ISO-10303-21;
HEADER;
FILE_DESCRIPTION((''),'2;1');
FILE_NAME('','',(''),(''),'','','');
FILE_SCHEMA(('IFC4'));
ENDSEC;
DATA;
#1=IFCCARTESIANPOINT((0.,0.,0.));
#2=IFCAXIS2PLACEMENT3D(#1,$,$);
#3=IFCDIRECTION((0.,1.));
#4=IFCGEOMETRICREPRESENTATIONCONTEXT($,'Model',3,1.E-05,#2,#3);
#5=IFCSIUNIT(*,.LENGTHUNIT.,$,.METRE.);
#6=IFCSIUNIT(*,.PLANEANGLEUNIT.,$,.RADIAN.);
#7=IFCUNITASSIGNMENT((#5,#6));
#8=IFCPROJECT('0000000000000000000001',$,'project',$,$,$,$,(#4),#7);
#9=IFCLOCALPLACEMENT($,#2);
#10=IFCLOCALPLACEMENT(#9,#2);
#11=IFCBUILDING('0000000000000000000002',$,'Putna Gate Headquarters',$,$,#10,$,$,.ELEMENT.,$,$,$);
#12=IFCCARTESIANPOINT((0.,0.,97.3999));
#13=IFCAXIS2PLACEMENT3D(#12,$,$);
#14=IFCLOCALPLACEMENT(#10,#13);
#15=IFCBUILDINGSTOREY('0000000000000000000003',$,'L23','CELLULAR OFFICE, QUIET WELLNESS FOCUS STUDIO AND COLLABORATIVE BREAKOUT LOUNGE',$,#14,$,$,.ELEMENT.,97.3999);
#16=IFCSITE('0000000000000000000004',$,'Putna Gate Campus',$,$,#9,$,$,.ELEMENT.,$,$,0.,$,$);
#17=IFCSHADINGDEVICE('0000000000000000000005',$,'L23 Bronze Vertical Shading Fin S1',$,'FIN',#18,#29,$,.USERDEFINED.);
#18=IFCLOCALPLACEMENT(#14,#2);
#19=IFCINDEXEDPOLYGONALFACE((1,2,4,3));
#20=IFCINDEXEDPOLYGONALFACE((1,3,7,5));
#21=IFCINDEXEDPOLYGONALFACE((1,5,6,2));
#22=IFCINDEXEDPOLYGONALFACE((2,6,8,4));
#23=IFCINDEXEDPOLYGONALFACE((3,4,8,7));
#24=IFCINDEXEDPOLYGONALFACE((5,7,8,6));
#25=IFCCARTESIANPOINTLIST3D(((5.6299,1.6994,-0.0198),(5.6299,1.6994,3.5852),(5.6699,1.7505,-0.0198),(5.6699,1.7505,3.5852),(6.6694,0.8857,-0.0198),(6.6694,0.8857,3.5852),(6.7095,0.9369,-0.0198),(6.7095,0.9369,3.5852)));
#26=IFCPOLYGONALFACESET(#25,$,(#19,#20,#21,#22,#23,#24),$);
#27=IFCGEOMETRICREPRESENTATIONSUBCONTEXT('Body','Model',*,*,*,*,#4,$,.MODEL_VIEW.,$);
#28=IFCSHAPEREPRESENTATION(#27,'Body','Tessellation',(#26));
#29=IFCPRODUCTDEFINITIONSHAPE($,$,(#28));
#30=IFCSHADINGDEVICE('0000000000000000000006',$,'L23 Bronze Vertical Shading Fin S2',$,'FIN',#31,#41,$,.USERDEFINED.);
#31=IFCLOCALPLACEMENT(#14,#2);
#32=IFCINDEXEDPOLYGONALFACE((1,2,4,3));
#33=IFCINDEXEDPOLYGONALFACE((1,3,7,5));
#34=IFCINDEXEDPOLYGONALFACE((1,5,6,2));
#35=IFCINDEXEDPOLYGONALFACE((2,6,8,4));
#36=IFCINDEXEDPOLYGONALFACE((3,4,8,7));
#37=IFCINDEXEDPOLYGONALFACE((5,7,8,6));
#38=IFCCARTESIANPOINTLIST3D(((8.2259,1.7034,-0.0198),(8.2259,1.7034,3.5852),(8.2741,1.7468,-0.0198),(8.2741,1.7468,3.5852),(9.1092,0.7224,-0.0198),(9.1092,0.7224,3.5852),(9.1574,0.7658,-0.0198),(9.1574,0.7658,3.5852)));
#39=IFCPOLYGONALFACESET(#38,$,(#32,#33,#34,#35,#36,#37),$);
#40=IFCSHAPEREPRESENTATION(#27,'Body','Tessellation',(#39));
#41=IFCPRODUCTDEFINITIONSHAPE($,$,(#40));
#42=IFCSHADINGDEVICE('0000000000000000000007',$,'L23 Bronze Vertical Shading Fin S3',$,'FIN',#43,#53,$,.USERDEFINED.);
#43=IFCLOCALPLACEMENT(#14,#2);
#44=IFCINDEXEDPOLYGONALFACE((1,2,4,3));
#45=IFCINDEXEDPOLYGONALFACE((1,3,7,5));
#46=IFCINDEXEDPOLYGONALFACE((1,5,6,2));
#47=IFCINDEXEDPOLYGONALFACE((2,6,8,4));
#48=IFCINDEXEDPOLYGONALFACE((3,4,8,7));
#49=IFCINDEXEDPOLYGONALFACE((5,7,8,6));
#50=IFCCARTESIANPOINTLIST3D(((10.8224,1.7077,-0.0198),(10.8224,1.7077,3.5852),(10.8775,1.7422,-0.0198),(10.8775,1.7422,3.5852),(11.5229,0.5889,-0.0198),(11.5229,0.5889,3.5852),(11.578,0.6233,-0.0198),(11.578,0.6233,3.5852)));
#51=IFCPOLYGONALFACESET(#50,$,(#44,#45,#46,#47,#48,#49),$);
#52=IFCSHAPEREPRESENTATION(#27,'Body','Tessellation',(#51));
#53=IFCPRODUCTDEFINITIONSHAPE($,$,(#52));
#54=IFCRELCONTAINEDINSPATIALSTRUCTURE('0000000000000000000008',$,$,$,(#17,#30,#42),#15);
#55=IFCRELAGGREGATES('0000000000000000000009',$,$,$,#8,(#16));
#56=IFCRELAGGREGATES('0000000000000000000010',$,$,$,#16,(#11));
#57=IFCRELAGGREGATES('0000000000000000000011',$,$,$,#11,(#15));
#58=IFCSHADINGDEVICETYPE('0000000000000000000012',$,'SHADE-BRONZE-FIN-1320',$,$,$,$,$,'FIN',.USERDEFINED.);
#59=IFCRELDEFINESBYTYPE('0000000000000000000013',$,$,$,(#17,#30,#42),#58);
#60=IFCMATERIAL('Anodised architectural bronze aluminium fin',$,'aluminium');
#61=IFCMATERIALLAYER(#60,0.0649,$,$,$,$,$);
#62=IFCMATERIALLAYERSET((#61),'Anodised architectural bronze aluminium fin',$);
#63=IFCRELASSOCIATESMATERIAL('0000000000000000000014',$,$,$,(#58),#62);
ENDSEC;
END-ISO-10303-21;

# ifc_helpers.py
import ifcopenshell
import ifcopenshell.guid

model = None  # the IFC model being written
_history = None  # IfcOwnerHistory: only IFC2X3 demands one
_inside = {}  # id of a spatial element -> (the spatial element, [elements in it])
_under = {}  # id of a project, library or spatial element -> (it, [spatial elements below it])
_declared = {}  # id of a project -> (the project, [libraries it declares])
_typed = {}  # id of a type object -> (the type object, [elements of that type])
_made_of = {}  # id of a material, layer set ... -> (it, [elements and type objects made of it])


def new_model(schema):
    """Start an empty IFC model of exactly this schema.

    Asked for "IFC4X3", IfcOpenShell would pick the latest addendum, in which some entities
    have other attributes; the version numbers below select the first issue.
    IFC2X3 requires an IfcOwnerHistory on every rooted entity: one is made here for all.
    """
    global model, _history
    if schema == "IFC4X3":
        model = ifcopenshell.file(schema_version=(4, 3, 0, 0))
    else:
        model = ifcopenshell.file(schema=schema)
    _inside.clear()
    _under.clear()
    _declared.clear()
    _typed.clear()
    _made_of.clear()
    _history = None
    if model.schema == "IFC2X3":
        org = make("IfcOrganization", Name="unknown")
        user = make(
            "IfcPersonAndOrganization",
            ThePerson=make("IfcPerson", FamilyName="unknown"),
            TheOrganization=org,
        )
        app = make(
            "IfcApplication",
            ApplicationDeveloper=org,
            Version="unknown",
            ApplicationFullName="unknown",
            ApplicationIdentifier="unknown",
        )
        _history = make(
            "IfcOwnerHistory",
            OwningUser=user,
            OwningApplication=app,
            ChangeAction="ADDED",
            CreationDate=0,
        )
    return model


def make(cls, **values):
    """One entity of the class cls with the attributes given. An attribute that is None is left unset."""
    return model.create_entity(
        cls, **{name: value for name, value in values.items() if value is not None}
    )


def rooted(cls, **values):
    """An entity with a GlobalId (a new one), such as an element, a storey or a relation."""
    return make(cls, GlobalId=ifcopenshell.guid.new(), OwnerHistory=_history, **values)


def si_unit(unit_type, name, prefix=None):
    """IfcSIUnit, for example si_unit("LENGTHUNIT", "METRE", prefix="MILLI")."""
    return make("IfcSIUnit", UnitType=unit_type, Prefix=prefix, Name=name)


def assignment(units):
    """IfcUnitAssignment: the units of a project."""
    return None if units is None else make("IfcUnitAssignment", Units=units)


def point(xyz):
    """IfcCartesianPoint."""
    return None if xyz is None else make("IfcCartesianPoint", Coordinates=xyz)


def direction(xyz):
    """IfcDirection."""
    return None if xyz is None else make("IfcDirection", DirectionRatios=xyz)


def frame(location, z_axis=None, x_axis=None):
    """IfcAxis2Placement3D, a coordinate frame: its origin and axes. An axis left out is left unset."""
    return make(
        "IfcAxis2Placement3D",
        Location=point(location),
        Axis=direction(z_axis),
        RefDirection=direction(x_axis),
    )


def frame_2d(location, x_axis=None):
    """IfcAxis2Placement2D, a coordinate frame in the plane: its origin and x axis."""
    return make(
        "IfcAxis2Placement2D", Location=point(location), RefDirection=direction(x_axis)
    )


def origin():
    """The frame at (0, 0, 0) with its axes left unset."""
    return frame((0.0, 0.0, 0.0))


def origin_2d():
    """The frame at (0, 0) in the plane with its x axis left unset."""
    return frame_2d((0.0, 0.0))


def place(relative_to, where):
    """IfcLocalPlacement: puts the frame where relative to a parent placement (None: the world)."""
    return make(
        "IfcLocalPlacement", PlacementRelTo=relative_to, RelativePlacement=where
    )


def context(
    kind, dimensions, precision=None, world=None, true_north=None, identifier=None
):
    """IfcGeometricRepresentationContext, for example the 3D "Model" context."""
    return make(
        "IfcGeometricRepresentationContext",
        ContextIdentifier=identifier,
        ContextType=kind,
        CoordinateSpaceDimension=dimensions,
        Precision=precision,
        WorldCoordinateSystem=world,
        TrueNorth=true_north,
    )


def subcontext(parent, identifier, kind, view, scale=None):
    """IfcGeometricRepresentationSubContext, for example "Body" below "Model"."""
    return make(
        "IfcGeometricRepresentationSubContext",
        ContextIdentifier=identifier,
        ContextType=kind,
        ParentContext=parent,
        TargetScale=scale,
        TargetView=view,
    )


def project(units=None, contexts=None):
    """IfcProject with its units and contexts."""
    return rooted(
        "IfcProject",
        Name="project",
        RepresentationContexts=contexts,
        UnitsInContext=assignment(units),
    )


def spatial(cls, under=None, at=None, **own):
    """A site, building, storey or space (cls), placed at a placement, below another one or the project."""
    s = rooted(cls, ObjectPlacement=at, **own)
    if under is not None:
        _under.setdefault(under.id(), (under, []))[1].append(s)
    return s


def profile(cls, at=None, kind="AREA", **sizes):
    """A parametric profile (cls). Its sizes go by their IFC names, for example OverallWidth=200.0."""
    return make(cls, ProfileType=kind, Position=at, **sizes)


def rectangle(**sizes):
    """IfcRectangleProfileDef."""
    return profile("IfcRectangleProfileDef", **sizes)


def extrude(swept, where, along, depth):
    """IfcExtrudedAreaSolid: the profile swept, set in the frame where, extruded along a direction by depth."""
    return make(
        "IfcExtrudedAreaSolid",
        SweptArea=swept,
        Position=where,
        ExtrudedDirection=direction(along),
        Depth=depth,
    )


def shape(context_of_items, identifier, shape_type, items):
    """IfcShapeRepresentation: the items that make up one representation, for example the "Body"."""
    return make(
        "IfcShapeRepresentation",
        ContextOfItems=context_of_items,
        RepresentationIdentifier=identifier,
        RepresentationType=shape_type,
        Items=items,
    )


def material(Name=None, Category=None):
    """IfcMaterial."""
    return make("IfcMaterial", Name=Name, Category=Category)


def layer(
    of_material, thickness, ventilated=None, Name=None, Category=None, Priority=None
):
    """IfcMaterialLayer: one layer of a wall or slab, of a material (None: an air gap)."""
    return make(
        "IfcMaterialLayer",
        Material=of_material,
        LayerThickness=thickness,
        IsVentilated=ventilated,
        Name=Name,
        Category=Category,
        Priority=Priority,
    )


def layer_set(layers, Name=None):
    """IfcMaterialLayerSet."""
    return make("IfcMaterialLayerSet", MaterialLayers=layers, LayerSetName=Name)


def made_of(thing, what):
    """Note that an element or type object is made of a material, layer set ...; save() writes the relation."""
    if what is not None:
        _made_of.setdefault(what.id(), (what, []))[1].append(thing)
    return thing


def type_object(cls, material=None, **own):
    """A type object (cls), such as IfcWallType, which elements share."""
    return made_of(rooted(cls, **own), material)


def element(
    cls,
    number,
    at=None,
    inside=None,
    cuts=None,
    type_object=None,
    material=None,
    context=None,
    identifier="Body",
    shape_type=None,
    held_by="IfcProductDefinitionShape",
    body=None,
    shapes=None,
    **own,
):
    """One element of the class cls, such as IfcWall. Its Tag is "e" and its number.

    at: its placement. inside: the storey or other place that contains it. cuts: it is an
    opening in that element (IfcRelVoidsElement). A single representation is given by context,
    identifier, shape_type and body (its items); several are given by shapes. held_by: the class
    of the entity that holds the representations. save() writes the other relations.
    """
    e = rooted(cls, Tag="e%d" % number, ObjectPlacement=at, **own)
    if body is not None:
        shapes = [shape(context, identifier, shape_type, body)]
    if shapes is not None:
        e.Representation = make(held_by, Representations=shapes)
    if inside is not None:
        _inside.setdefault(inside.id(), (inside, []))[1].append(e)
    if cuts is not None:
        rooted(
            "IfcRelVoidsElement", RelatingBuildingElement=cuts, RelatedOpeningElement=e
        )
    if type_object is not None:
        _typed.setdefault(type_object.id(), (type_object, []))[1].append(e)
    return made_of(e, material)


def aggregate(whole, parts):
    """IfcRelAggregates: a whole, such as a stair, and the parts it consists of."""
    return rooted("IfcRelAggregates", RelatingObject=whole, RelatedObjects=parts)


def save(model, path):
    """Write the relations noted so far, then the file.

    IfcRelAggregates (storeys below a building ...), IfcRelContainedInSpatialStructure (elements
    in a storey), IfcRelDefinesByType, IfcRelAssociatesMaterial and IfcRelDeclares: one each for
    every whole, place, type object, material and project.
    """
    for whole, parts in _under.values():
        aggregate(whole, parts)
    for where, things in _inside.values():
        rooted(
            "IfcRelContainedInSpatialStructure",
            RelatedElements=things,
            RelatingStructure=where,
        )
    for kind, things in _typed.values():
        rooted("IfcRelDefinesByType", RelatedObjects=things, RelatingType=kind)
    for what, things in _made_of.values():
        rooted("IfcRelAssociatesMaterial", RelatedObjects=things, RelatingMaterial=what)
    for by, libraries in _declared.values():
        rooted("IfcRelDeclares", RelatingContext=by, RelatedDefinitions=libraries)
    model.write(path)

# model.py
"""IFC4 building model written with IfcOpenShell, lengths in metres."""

from ifc_helpers import new_model, si_unit, direction, frame, origin, origin_2d, place, context, subcontext, project, spatial, rectangle, extrude, material, layer, layer_set, type_object, element, save


model = new_model("IFC4")

# Units and contexts
model_context = context("Model", 3, precision=1e-05, world=origin(), true_north=direction((0.0, 1.0)))
body_context = subcontext(model_context, "Body", "Model", "MODEL_VIEW")
ifc_project = project(units=[si_unit("LENGTHUNIT", "METRE"), si_unit("PLANEANGLEUNIT", "RADIAN")], contexts=[model_context])

# Site, building, storey
site_placement = place(None, origin())
site = spatial("IfcSite", under=ifc_project, at=site_placement, Name="Putna Gate Campus", CompositionType="ELEMENT", RefElevation=0.0)
building_placement = place(site_placement, origin())
building = spatial("IfcBuilding", under=site, at=building_placement, Name="Putna Gate Headquarters", CompositionType="ELEMENT")
storey_placement = place(building_placement, frame((0.0, 0.0, 97.3999)))
storey = spatial("IfcBuildingStorey", under=building, at=storey_placement, Name="L23", Description="CELLULAR OFFICE, QUIET WELLNESS FOCUS STUDIO AND COLLABORATIVE BREAKOUT LOUNGE", CompositionType="ELEMENT", Elevation=97.3999)

# Shading devices
ifc_material_1 = material(Name="Anodised architectural bronze aluminium fin", Category="aluminium")
ifc_layer_1 = layer(ifc_material_1, 0.0649)
ifc_layer_set_1 = layer_set([ifc_layer_1], Name="Anodised architectural bronze aluminium fin")
shading_device_type = type_object("IfcShadingDeviceType", Name="SHADE-BRONZE-FIN-1320", ElementType="FIN", PredefinedType="USERDEFINED", material=ifc_layer_set_1)
for number, where, z_axis, x_axis, name in (
    (1, (6.1697, 1.3181, -0.0198), (0.0, 0.0, 1.0), (0.787473, -0.616349, 0.0), "L23 Bronze Vertical Shading Fin S1"),
    (2, (8.6917, 1.2346, -0.0198), (0.0, 0.0, 1.0), (0.669131, -0.743145, 0.0), "L23 Bronze Vertical Shading Fin S2"),
    (3, (11.2002, 1.1655, -0.0198), (0.0, 0.0, 1.0), (0.530659, -0.847585, 0.0), "L23 Bronze Vertical Shading Fin S3"),
):
    element("IfcShadingDevice", number, at=place(storey_placement, frame(where, z_axis=z_axis, x_axis=x_axis)), inside=storey, type_object=shading_device_type, Name=name, ObjectType="FIN", PredefinedType="USERDEFINED", context=body_context, shape_type="SweptSolid", body=[
        extrude(rectangle(XDim=1.3201, YDim=0.0649, at=origin_2d()), origin(), (0.0, 0.0, 1.0), 3.605),
    ])

save(model, "model.ifc")
